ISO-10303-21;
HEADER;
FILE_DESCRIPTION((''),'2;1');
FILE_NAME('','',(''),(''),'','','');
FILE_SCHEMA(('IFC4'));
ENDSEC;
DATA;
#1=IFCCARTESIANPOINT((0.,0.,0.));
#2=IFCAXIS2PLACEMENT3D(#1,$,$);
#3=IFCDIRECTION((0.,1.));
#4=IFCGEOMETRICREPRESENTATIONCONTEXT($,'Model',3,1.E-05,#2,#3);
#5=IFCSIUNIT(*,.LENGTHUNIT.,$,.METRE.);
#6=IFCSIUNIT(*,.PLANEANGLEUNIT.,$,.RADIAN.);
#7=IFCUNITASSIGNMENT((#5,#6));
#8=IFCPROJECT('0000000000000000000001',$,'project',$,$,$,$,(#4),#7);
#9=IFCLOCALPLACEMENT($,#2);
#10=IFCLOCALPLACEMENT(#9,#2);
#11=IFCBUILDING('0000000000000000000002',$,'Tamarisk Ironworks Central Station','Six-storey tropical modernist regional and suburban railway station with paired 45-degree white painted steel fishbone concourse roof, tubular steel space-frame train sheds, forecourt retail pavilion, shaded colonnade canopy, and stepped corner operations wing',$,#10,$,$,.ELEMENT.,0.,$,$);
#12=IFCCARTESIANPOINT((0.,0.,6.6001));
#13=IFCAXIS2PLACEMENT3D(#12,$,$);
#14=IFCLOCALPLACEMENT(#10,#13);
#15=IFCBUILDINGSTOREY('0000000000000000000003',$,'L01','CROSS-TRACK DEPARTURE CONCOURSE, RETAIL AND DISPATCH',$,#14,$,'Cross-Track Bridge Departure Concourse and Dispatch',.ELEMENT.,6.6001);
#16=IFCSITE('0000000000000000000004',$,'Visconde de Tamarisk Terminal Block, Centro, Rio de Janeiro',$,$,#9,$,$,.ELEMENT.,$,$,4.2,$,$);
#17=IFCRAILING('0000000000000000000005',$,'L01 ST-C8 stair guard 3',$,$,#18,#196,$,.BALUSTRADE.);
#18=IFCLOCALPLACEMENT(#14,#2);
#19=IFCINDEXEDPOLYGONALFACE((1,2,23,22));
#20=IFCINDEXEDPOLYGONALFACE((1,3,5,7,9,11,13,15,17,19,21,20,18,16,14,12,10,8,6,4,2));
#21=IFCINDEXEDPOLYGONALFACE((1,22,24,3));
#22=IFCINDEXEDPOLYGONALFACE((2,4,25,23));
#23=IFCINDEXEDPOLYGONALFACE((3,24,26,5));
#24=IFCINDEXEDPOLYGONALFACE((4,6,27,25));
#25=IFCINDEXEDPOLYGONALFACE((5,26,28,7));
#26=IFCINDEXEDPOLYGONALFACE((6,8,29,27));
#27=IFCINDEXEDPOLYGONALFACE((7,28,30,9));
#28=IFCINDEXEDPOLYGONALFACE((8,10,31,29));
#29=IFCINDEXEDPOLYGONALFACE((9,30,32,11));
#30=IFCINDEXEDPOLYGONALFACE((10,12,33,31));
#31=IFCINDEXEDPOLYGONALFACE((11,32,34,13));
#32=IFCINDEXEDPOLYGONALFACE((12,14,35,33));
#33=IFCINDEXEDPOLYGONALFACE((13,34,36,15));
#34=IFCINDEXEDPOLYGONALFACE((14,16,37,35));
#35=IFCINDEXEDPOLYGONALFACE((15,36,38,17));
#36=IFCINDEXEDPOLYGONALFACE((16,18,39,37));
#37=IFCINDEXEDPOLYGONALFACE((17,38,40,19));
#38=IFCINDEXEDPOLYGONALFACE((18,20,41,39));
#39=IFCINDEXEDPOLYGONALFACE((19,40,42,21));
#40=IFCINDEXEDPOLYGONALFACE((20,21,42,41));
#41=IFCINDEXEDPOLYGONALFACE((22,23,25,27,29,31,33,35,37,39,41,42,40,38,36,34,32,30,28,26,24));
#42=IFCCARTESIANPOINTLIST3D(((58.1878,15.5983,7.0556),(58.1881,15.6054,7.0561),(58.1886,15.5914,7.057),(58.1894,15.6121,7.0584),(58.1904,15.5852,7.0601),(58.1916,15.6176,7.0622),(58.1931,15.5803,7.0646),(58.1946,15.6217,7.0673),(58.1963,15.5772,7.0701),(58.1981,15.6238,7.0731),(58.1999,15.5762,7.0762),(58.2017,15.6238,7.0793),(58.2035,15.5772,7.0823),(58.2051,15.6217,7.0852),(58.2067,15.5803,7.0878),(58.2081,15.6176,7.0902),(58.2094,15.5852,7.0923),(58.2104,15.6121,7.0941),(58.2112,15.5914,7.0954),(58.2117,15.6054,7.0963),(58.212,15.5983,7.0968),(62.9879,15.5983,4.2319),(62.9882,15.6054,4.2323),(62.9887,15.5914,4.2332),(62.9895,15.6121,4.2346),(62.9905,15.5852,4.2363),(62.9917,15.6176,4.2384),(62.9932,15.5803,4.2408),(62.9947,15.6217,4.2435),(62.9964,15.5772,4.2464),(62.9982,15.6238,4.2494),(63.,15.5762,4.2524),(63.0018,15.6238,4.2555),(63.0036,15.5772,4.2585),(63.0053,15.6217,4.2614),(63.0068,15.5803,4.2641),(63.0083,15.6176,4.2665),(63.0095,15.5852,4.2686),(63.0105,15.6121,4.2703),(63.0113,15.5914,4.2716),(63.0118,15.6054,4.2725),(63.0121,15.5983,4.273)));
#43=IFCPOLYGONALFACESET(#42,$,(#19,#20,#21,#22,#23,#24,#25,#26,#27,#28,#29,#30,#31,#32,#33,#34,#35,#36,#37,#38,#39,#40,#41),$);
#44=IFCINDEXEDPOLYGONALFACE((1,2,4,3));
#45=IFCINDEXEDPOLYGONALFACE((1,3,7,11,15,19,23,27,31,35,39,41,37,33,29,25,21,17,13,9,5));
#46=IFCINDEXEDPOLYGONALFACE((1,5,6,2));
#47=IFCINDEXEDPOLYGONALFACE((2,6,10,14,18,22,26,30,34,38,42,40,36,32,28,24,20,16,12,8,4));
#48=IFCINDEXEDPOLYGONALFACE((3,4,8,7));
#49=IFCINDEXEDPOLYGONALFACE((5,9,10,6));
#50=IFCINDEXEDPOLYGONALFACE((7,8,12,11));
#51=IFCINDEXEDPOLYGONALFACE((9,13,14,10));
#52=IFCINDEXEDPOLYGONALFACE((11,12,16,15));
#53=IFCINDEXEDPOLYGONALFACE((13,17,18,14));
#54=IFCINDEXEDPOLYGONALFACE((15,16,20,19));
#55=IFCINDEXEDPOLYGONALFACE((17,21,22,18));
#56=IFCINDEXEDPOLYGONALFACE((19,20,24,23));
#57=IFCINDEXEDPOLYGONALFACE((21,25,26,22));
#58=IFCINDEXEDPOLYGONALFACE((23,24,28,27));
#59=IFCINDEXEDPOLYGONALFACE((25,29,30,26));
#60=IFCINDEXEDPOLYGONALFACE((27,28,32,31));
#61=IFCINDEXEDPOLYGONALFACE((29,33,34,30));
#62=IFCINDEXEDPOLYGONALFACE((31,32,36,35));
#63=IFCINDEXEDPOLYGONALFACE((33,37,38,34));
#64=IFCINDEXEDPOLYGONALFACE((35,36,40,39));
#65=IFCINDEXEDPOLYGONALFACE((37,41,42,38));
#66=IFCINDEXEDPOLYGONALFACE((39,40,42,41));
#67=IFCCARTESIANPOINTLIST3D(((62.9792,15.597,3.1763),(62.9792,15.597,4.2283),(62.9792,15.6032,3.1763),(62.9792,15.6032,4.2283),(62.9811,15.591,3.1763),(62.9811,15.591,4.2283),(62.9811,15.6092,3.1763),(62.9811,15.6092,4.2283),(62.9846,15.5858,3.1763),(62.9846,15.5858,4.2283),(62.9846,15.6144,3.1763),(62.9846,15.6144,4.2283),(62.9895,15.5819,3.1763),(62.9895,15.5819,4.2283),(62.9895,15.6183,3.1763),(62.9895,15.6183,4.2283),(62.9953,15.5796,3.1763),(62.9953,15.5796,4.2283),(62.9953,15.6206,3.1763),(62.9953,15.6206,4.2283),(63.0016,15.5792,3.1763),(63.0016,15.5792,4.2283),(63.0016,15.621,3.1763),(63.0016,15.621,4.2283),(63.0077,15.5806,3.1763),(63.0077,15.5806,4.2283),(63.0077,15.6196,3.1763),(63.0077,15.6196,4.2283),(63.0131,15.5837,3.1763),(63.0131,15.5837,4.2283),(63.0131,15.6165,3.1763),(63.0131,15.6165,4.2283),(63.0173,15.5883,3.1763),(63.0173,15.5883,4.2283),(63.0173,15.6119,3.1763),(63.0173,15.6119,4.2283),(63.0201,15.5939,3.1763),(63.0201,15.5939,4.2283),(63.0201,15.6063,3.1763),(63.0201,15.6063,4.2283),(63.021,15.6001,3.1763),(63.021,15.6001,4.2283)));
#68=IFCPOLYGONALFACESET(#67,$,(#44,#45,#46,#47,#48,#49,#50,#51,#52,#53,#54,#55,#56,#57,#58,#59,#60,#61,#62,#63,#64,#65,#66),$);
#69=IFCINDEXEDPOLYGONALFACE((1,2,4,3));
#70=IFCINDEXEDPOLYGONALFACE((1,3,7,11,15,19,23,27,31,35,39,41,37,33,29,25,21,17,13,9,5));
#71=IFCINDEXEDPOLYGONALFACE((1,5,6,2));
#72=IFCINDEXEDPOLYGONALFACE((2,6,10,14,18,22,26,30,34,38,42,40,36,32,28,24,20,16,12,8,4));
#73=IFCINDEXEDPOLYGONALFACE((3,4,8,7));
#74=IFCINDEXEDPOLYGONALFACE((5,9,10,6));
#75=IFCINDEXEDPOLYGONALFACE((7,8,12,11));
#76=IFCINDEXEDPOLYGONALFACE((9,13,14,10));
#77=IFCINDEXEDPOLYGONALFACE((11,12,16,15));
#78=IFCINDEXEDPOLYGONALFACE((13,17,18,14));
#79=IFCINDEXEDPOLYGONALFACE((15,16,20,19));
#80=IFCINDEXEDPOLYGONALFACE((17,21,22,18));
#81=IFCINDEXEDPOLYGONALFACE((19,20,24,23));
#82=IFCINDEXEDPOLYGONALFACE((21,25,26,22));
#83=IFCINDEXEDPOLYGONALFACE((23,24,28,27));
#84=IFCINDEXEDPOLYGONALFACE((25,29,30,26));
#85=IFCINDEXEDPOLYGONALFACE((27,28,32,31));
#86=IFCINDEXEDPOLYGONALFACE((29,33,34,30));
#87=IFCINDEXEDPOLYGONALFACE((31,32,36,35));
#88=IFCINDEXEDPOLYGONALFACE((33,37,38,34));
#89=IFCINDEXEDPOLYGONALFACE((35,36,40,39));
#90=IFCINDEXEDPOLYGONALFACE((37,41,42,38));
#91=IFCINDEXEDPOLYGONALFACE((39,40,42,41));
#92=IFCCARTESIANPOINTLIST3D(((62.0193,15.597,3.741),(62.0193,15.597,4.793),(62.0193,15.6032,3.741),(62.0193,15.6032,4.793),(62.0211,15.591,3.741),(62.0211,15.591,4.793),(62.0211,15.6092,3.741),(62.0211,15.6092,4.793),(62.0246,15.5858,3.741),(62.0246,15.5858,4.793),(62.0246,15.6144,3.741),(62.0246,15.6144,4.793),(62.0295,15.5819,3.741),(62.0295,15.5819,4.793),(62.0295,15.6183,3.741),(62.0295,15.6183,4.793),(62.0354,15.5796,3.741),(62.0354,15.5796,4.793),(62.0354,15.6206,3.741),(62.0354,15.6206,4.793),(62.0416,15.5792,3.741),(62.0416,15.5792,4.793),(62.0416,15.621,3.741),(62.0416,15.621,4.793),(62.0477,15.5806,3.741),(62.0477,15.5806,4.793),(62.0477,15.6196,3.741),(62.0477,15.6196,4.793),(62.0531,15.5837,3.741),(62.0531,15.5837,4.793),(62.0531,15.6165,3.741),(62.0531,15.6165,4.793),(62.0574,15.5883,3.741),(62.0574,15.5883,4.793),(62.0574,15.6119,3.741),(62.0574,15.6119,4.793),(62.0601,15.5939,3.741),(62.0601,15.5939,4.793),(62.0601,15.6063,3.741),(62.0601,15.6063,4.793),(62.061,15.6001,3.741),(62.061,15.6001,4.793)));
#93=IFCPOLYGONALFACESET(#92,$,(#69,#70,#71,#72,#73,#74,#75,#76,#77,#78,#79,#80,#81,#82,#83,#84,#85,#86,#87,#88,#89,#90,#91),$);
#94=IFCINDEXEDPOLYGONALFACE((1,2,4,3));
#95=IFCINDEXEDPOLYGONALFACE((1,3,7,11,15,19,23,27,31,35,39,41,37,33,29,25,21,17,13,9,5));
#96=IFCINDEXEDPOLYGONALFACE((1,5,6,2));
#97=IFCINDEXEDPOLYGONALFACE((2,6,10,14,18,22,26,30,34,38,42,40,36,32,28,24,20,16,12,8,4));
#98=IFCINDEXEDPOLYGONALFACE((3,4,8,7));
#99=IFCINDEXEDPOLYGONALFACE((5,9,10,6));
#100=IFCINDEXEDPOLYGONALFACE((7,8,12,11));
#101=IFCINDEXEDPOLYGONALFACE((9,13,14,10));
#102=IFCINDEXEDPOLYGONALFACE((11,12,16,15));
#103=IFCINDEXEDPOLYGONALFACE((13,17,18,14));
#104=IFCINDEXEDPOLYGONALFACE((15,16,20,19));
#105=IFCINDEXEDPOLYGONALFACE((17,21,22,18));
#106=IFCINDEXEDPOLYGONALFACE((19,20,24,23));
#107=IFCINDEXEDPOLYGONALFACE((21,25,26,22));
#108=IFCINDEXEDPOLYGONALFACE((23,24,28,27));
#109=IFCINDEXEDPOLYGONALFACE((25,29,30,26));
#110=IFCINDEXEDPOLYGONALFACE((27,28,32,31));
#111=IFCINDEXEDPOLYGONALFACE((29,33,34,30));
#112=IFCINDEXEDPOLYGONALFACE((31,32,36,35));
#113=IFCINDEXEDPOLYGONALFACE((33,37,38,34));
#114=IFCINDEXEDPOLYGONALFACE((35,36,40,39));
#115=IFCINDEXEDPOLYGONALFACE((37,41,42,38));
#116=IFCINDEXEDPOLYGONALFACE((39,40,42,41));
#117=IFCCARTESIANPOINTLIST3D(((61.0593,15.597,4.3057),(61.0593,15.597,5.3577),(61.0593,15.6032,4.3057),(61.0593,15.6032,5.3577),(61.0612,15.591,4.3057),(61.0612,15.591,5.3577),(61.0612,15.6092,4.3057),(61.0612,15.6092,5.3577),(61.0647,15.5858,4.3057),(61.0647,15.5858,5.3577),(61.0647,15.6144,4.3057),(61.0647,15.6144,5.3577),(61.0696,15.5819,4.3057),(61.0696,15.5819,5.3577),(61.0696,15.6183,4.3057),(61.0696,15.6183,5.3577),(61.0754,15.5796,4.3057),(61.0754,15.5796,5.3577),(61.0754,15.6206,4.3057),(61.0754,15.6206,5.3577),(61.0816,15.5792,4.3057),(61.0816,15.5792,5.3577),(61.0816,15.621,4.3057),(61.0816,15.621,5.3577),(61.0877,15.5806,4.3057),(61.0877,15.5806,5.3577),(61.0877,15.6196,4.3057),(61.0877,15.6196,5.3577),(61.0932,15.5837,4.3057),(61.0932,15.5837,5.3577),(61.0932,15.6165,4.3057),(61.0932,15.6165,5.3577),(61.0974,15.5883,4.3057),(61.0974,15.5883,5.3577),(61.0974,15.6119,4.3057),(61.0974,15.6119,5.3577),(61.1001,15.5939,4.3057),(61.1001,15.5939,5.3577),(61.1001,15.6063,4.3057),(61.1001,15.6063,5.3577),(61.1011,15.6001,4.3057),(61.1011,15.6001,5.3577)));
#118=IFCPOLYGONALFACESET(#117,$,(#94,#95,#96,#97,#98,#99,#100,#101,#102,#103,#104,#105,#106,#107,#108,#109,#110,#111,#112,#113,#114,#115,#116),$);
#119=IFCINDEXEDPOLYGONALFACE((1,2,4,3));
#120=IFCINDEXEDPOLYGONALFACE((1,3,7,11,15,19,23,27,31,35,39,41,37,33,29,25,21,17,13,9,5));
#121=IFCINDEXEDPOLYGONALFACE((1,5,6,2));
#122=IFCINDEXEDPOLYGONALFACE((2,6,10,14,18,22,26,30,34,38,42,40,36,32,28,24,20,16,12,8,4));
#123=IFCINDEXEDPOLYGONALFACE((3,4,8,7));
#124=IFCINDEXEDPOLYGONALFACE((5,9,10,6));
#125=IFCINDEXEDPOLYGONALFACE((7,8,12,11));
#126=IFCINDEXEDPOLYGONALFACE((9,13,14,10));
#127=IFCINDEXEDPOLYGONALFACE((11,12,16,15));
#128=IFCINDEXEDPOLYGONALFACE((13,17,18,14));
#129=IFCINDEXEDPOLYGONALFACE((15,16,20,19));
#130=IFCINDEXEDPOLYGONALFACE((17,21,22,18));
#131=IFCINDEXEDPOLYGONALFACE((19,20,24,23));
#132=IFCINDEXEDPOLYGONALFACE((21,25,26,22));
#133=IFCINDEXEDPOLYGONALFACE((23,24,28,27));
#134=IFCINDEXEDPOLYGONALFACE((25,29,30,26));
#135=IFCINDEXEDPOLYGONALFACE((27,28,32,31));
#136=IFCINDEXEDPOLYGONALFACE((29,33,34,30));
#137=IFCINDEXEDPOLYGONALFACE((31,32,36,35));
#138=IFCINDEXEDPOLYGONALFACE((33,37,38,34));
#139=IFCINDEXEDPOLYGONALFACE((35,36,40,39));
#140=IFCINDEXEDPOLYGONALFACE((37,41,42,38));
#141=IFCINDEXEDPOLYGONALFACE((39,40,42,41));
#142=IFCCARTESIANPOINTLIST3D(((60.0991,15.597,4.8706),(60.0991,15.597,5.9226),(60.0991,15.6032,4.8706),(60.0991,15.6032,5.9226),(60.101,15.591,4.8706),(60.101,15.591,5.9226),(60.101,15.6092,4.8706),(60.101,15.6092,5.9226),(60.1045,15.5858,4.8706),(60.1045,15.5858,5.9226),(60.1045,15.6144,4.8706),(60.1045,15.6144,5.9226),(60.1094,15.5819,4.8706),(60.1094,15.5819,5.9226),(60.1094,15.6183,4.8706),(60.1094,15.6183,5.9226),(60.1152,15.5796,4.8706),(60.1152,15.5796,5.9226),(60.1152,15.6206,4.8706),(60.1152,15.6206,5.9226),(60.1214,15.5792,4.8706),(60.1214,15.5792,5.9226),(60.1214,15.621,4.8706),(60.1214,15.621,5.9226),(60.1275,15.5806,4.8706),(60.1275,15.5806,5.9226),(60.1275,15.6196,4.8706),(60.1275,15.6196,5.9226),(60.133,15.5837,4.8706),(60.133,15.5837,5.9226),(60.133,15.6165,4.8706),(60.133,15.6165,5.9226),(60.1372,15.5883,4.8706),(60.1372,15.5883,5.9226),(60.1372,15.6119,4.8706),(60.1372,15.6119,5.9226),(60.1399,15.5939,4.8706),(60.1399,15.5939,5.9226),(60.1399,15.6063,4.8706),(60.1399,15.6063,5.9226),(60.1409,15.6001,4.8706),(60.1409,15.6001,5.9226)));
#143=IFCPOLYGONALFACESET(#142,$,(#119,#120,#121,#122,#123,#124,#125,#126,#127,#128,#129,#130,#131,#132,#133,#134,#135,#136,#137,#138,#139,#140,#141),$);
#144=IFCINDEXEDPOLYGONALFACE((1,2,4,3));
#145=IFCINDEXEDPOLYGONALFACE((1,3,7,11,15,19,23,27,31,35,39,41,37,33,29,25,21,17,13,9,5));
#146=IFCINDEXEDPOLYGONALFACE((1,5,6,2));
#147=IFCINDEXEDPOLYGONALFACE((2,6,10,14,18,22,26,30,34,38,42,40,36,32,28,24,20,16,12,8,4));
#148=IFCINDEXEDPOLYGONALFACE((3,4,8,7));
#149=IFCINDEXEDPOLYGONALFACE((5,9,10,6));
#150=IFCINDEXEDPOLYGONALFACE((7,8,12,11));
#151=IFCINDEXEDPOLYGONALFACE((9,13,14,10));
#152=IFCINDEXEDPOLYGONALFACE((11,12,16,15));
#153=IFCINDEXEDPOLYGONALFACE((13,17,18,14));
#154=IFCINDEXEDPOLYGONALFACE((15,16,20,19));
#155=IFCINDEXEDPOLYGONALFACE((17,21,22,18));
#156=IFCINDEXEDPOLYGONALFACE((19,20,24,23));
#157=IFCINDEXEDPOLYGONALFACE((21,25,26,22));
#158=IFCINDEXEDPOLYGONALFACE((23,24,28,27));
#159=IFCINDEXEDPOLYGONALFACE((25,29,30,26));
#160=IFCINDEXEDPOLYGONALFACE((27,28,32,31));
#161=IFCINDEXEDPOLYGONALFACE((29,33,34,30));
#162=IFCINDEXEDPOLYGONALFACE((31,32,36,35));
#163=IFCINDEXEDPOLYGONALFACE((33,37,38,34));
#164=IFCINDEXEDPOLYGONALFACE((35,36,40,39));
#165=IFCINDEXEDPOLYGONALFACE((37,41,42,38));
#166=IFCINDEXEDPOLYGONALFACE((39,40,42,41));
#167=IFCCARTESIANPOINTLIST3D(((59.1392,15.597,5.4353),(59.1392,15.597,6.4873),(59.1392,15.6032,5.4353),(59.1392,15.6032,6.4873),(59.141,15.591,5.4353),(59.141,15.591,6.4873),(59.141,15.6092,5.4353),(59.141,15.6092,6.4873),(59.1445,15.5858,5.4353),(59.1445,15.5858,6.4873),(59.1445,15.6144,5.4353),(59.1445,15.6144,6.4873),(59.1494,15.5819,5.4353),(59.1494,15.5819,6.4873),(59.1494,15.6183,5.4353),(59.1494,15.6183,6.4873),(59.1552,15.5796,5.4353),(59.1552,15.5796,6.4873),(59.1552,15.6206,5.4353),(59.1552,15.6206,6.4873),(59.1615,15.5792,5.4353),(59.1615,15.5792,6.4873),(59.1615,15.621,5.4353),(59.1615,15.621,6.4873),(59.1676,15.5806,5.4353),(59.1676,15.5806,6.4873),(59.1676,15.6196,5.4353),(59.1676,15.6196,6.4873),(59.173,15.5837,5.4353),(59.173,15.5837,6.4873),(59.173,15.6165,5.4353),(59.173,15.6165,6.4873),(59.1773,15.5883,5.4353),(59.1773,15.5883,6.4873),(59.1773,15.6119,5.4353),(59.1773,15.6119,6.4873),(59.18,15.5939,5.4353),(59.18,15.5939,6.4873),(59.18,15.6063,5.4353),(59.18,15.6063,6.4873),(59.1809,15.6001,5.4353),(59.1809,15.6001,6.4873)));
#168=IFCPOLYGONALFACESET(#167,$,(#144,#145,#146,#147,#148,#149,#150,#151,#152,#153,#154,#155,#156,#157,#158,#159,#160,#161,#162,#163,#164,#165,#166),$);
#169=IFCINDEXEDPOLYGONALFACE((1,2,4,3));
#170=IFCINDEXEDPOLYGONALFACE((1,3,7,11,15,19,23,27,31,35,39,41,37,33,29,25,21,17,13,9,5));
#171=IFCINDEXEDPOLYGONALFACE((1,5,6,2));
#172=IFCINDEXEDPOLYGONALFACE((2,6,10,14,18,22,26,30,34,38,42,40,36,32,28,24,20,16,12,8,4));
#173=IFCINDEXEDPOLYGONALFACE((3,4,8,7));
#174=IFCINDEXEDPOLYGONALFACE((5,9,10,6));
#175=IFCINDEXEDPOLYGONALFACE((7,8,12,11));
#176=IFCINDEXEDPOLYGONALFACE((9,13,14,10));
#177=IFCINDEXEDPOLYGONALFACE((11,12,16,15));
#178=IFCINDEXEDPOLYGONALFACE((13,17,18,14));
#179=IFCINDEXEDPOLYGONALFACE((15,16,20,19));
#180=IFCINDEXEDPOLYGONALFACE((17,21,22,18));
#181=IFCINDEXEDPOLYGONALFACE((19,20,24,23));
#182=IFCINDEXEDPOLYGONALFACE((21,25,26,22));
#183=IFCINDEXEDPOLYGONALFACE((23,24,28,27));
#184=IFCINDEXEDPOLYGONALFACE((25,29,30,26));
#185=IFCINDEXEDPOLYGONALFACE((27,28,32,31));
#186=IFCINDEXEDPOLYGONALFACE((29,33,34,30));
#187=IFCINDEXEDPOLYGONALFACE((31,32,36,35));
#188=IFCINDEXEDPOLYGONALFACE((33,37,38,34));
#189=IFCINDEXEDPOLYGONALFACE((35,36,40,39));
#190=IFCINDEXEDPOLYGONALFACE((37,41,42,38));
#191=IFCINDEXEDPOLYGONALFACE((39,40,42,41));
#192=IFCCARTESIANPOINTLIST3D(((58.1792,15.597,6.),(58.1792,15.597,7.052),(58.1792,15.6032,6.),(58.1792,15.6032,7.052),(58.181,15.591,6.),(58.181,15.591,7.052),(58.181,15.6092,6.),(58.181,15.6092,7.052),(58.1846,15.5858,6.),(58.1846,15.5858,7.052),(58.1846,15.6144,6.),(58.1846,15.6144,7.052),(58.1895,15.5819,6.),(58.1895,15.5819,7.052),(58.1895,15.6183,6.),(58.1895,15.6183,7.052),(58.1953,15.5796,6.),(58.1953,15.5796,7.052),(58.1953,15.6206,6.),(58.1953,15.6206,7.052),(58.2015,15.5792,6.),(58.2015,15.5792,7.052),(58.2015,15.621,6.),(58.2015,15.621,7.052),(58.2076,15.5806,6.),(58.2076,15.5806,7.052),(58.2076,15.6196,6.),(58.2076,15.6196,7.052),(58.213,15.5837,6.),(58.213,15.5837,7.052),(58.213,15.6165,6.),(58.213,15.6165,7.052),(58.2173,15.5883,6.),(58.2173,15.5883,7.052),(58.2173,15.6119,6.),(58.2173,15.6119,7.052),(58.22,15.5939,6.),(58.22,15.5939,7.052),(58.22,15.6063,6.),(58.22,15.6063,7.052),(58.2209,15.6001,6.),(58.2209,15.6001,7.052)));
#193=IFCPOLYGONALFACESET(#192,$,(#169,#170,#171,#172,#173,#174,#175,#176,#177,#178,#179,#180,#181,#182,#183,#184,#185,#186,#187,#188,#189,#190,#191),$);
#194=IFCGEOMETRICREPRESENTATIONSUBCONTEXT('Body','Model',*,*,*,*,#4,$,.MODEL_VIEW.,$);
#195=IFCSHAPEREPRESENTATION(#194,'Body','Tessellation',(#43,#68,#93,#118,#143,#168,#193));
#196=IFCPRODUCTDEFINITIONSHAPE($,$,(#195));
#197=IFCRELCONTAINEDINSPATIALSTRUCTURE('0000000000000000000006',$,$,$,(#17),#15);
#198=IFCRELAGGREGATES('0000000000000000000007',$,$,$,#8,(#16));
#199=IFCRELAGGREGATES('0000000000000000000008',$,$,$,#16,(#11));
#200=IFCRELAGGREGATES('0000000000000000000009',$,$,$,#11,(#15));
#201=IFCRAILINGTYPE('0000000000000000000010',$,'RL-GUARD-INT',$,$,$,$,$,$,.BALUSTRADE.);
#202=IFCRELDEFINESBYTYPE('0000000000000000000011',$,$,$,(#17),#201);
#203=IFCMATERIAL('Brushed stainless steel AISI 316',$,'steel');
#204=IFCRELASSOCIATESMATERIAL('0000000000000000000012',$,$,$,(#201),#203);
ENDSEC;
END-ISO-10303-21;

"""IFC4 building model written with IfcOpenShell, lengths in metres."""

from ifc_helpers import new_model, si_unit, direction, frame, origin, origin_2d, place, context, subcontext, project, spatial, circle, extrude, material, type_object, element, save


model = new_model("IFC4")

# Units and contexts
model_context = context("Model", 3, precision=1e-05, world=origin(), true_north=direction((0.0, 1.0)))
body_context = subcontext(model_context, "Body", "Model", "MODEL_VIEW")
ifc_project = project(units=[si_unit("LENGTHUNIT", "METRE"), si_unit("PLANEANGLEUNIT", "RADIAN")], contexts=[model_context])

# Site, building, storey
site_placement = place(None, origin())
site = spatial("IfcSite", under=ifc_project, at=site_placement, Name="Visconde de Tamarisk Terminal Block, Centro, Rio de Janeiro", CompositionType="ELEMENT", RefElevation=4.2)
building_placement = place(site_placement, origin())
building = spatial("IfcBuilding", under=site, at=building_placement, Name="Tamarisk Ironworks Central Station", Description="Six-storey tropical modernist regional and suburban railway station with paired 45-degree white painted steel fishbone concourse roof, tubular steel space-frame train sheds, forecourt retail pavilion, shaded colonnade canopy, and stepped corner operations wing", CompositionType="ELEMENT", ElevationOfRefHeight=0.0)
storey_placement = place(building_placement, frame((0.0, 0.0, 6.6001)))
storey = spatial("IfcBuildingStorey", under=building, at=storey_placement, Name="L01", Description="CROSS-TRACK DEPARTURE CONCOURSE, RETAIL AND DISPATCH", LongName="Cross-Track Bridge Departure Concourse and Dispatch", CompositionType="ELEMENT", Elevation=6.6001)

# Railing
ifc_material_1 = material(Name="Brushed stainless steel AISI 316", Category="steel")
railing_type_1 = type_object("IfcRailingType", Name="RL-GUARD-INT", PredefinedType="BALUSTRADE", material=ifc_material_1)
railing_1_placement = place(storey_placement, frame((63.0, 15.6001, 3.1763)))
element("IfcRailing", 1, at=railing_1_placement, inside=storey, type_object=railing_type_1, Name="L01 ST-C8 stair guard 3", PredefinedType="BALUSTRADE", context=body_context, shape_type="SweptSolid", body=[
    extrude(circle(Radius=0.0239, at=origin_2d()), frame((0.0, 0.0, 1.0762), z_axis=(-0.861921, 0.0, 0.507043), x_axis=(0.0, -1.0, 0.0)), (0.0, 0.0, 1.0), 5.5691),
    extrude(circle(Radius=0.021, at=origin_2d()), origin(), (0.0, 0.0, 1.0), 1.052),
    extrude(circle(Radius=0.021, at=origin_2d()), frame((-0.96, 0.0, 0.5647)), (0.0, 0.0, 1.0), 1.052),
    extrude(circle(Radius=0.021, at=origin_2d()), frame((-1.9199, 0.0, 1.1294)), (0.0, 0.0, 1.0), 1.052),
    extrude(circle(Radius=0.021, at=origin_2d()), frame((-2.8801, 0.0, 1.6943)), (0.0, 0.0, 1.0), 1.052),
    extrude(circle(Radius=0.021, at=origin_2d()), frame((-3.8401, 0.0, 2.259)), (0.0, 0.0, 1.0), 1.052),
    extrude(circle(Radius=0.021, at=origin_2d()), frame((-4.8, 0.0, 2.8237)), (0.0, 0.0, 1.0), 1.052),
])

save(model, "model.ifc")
